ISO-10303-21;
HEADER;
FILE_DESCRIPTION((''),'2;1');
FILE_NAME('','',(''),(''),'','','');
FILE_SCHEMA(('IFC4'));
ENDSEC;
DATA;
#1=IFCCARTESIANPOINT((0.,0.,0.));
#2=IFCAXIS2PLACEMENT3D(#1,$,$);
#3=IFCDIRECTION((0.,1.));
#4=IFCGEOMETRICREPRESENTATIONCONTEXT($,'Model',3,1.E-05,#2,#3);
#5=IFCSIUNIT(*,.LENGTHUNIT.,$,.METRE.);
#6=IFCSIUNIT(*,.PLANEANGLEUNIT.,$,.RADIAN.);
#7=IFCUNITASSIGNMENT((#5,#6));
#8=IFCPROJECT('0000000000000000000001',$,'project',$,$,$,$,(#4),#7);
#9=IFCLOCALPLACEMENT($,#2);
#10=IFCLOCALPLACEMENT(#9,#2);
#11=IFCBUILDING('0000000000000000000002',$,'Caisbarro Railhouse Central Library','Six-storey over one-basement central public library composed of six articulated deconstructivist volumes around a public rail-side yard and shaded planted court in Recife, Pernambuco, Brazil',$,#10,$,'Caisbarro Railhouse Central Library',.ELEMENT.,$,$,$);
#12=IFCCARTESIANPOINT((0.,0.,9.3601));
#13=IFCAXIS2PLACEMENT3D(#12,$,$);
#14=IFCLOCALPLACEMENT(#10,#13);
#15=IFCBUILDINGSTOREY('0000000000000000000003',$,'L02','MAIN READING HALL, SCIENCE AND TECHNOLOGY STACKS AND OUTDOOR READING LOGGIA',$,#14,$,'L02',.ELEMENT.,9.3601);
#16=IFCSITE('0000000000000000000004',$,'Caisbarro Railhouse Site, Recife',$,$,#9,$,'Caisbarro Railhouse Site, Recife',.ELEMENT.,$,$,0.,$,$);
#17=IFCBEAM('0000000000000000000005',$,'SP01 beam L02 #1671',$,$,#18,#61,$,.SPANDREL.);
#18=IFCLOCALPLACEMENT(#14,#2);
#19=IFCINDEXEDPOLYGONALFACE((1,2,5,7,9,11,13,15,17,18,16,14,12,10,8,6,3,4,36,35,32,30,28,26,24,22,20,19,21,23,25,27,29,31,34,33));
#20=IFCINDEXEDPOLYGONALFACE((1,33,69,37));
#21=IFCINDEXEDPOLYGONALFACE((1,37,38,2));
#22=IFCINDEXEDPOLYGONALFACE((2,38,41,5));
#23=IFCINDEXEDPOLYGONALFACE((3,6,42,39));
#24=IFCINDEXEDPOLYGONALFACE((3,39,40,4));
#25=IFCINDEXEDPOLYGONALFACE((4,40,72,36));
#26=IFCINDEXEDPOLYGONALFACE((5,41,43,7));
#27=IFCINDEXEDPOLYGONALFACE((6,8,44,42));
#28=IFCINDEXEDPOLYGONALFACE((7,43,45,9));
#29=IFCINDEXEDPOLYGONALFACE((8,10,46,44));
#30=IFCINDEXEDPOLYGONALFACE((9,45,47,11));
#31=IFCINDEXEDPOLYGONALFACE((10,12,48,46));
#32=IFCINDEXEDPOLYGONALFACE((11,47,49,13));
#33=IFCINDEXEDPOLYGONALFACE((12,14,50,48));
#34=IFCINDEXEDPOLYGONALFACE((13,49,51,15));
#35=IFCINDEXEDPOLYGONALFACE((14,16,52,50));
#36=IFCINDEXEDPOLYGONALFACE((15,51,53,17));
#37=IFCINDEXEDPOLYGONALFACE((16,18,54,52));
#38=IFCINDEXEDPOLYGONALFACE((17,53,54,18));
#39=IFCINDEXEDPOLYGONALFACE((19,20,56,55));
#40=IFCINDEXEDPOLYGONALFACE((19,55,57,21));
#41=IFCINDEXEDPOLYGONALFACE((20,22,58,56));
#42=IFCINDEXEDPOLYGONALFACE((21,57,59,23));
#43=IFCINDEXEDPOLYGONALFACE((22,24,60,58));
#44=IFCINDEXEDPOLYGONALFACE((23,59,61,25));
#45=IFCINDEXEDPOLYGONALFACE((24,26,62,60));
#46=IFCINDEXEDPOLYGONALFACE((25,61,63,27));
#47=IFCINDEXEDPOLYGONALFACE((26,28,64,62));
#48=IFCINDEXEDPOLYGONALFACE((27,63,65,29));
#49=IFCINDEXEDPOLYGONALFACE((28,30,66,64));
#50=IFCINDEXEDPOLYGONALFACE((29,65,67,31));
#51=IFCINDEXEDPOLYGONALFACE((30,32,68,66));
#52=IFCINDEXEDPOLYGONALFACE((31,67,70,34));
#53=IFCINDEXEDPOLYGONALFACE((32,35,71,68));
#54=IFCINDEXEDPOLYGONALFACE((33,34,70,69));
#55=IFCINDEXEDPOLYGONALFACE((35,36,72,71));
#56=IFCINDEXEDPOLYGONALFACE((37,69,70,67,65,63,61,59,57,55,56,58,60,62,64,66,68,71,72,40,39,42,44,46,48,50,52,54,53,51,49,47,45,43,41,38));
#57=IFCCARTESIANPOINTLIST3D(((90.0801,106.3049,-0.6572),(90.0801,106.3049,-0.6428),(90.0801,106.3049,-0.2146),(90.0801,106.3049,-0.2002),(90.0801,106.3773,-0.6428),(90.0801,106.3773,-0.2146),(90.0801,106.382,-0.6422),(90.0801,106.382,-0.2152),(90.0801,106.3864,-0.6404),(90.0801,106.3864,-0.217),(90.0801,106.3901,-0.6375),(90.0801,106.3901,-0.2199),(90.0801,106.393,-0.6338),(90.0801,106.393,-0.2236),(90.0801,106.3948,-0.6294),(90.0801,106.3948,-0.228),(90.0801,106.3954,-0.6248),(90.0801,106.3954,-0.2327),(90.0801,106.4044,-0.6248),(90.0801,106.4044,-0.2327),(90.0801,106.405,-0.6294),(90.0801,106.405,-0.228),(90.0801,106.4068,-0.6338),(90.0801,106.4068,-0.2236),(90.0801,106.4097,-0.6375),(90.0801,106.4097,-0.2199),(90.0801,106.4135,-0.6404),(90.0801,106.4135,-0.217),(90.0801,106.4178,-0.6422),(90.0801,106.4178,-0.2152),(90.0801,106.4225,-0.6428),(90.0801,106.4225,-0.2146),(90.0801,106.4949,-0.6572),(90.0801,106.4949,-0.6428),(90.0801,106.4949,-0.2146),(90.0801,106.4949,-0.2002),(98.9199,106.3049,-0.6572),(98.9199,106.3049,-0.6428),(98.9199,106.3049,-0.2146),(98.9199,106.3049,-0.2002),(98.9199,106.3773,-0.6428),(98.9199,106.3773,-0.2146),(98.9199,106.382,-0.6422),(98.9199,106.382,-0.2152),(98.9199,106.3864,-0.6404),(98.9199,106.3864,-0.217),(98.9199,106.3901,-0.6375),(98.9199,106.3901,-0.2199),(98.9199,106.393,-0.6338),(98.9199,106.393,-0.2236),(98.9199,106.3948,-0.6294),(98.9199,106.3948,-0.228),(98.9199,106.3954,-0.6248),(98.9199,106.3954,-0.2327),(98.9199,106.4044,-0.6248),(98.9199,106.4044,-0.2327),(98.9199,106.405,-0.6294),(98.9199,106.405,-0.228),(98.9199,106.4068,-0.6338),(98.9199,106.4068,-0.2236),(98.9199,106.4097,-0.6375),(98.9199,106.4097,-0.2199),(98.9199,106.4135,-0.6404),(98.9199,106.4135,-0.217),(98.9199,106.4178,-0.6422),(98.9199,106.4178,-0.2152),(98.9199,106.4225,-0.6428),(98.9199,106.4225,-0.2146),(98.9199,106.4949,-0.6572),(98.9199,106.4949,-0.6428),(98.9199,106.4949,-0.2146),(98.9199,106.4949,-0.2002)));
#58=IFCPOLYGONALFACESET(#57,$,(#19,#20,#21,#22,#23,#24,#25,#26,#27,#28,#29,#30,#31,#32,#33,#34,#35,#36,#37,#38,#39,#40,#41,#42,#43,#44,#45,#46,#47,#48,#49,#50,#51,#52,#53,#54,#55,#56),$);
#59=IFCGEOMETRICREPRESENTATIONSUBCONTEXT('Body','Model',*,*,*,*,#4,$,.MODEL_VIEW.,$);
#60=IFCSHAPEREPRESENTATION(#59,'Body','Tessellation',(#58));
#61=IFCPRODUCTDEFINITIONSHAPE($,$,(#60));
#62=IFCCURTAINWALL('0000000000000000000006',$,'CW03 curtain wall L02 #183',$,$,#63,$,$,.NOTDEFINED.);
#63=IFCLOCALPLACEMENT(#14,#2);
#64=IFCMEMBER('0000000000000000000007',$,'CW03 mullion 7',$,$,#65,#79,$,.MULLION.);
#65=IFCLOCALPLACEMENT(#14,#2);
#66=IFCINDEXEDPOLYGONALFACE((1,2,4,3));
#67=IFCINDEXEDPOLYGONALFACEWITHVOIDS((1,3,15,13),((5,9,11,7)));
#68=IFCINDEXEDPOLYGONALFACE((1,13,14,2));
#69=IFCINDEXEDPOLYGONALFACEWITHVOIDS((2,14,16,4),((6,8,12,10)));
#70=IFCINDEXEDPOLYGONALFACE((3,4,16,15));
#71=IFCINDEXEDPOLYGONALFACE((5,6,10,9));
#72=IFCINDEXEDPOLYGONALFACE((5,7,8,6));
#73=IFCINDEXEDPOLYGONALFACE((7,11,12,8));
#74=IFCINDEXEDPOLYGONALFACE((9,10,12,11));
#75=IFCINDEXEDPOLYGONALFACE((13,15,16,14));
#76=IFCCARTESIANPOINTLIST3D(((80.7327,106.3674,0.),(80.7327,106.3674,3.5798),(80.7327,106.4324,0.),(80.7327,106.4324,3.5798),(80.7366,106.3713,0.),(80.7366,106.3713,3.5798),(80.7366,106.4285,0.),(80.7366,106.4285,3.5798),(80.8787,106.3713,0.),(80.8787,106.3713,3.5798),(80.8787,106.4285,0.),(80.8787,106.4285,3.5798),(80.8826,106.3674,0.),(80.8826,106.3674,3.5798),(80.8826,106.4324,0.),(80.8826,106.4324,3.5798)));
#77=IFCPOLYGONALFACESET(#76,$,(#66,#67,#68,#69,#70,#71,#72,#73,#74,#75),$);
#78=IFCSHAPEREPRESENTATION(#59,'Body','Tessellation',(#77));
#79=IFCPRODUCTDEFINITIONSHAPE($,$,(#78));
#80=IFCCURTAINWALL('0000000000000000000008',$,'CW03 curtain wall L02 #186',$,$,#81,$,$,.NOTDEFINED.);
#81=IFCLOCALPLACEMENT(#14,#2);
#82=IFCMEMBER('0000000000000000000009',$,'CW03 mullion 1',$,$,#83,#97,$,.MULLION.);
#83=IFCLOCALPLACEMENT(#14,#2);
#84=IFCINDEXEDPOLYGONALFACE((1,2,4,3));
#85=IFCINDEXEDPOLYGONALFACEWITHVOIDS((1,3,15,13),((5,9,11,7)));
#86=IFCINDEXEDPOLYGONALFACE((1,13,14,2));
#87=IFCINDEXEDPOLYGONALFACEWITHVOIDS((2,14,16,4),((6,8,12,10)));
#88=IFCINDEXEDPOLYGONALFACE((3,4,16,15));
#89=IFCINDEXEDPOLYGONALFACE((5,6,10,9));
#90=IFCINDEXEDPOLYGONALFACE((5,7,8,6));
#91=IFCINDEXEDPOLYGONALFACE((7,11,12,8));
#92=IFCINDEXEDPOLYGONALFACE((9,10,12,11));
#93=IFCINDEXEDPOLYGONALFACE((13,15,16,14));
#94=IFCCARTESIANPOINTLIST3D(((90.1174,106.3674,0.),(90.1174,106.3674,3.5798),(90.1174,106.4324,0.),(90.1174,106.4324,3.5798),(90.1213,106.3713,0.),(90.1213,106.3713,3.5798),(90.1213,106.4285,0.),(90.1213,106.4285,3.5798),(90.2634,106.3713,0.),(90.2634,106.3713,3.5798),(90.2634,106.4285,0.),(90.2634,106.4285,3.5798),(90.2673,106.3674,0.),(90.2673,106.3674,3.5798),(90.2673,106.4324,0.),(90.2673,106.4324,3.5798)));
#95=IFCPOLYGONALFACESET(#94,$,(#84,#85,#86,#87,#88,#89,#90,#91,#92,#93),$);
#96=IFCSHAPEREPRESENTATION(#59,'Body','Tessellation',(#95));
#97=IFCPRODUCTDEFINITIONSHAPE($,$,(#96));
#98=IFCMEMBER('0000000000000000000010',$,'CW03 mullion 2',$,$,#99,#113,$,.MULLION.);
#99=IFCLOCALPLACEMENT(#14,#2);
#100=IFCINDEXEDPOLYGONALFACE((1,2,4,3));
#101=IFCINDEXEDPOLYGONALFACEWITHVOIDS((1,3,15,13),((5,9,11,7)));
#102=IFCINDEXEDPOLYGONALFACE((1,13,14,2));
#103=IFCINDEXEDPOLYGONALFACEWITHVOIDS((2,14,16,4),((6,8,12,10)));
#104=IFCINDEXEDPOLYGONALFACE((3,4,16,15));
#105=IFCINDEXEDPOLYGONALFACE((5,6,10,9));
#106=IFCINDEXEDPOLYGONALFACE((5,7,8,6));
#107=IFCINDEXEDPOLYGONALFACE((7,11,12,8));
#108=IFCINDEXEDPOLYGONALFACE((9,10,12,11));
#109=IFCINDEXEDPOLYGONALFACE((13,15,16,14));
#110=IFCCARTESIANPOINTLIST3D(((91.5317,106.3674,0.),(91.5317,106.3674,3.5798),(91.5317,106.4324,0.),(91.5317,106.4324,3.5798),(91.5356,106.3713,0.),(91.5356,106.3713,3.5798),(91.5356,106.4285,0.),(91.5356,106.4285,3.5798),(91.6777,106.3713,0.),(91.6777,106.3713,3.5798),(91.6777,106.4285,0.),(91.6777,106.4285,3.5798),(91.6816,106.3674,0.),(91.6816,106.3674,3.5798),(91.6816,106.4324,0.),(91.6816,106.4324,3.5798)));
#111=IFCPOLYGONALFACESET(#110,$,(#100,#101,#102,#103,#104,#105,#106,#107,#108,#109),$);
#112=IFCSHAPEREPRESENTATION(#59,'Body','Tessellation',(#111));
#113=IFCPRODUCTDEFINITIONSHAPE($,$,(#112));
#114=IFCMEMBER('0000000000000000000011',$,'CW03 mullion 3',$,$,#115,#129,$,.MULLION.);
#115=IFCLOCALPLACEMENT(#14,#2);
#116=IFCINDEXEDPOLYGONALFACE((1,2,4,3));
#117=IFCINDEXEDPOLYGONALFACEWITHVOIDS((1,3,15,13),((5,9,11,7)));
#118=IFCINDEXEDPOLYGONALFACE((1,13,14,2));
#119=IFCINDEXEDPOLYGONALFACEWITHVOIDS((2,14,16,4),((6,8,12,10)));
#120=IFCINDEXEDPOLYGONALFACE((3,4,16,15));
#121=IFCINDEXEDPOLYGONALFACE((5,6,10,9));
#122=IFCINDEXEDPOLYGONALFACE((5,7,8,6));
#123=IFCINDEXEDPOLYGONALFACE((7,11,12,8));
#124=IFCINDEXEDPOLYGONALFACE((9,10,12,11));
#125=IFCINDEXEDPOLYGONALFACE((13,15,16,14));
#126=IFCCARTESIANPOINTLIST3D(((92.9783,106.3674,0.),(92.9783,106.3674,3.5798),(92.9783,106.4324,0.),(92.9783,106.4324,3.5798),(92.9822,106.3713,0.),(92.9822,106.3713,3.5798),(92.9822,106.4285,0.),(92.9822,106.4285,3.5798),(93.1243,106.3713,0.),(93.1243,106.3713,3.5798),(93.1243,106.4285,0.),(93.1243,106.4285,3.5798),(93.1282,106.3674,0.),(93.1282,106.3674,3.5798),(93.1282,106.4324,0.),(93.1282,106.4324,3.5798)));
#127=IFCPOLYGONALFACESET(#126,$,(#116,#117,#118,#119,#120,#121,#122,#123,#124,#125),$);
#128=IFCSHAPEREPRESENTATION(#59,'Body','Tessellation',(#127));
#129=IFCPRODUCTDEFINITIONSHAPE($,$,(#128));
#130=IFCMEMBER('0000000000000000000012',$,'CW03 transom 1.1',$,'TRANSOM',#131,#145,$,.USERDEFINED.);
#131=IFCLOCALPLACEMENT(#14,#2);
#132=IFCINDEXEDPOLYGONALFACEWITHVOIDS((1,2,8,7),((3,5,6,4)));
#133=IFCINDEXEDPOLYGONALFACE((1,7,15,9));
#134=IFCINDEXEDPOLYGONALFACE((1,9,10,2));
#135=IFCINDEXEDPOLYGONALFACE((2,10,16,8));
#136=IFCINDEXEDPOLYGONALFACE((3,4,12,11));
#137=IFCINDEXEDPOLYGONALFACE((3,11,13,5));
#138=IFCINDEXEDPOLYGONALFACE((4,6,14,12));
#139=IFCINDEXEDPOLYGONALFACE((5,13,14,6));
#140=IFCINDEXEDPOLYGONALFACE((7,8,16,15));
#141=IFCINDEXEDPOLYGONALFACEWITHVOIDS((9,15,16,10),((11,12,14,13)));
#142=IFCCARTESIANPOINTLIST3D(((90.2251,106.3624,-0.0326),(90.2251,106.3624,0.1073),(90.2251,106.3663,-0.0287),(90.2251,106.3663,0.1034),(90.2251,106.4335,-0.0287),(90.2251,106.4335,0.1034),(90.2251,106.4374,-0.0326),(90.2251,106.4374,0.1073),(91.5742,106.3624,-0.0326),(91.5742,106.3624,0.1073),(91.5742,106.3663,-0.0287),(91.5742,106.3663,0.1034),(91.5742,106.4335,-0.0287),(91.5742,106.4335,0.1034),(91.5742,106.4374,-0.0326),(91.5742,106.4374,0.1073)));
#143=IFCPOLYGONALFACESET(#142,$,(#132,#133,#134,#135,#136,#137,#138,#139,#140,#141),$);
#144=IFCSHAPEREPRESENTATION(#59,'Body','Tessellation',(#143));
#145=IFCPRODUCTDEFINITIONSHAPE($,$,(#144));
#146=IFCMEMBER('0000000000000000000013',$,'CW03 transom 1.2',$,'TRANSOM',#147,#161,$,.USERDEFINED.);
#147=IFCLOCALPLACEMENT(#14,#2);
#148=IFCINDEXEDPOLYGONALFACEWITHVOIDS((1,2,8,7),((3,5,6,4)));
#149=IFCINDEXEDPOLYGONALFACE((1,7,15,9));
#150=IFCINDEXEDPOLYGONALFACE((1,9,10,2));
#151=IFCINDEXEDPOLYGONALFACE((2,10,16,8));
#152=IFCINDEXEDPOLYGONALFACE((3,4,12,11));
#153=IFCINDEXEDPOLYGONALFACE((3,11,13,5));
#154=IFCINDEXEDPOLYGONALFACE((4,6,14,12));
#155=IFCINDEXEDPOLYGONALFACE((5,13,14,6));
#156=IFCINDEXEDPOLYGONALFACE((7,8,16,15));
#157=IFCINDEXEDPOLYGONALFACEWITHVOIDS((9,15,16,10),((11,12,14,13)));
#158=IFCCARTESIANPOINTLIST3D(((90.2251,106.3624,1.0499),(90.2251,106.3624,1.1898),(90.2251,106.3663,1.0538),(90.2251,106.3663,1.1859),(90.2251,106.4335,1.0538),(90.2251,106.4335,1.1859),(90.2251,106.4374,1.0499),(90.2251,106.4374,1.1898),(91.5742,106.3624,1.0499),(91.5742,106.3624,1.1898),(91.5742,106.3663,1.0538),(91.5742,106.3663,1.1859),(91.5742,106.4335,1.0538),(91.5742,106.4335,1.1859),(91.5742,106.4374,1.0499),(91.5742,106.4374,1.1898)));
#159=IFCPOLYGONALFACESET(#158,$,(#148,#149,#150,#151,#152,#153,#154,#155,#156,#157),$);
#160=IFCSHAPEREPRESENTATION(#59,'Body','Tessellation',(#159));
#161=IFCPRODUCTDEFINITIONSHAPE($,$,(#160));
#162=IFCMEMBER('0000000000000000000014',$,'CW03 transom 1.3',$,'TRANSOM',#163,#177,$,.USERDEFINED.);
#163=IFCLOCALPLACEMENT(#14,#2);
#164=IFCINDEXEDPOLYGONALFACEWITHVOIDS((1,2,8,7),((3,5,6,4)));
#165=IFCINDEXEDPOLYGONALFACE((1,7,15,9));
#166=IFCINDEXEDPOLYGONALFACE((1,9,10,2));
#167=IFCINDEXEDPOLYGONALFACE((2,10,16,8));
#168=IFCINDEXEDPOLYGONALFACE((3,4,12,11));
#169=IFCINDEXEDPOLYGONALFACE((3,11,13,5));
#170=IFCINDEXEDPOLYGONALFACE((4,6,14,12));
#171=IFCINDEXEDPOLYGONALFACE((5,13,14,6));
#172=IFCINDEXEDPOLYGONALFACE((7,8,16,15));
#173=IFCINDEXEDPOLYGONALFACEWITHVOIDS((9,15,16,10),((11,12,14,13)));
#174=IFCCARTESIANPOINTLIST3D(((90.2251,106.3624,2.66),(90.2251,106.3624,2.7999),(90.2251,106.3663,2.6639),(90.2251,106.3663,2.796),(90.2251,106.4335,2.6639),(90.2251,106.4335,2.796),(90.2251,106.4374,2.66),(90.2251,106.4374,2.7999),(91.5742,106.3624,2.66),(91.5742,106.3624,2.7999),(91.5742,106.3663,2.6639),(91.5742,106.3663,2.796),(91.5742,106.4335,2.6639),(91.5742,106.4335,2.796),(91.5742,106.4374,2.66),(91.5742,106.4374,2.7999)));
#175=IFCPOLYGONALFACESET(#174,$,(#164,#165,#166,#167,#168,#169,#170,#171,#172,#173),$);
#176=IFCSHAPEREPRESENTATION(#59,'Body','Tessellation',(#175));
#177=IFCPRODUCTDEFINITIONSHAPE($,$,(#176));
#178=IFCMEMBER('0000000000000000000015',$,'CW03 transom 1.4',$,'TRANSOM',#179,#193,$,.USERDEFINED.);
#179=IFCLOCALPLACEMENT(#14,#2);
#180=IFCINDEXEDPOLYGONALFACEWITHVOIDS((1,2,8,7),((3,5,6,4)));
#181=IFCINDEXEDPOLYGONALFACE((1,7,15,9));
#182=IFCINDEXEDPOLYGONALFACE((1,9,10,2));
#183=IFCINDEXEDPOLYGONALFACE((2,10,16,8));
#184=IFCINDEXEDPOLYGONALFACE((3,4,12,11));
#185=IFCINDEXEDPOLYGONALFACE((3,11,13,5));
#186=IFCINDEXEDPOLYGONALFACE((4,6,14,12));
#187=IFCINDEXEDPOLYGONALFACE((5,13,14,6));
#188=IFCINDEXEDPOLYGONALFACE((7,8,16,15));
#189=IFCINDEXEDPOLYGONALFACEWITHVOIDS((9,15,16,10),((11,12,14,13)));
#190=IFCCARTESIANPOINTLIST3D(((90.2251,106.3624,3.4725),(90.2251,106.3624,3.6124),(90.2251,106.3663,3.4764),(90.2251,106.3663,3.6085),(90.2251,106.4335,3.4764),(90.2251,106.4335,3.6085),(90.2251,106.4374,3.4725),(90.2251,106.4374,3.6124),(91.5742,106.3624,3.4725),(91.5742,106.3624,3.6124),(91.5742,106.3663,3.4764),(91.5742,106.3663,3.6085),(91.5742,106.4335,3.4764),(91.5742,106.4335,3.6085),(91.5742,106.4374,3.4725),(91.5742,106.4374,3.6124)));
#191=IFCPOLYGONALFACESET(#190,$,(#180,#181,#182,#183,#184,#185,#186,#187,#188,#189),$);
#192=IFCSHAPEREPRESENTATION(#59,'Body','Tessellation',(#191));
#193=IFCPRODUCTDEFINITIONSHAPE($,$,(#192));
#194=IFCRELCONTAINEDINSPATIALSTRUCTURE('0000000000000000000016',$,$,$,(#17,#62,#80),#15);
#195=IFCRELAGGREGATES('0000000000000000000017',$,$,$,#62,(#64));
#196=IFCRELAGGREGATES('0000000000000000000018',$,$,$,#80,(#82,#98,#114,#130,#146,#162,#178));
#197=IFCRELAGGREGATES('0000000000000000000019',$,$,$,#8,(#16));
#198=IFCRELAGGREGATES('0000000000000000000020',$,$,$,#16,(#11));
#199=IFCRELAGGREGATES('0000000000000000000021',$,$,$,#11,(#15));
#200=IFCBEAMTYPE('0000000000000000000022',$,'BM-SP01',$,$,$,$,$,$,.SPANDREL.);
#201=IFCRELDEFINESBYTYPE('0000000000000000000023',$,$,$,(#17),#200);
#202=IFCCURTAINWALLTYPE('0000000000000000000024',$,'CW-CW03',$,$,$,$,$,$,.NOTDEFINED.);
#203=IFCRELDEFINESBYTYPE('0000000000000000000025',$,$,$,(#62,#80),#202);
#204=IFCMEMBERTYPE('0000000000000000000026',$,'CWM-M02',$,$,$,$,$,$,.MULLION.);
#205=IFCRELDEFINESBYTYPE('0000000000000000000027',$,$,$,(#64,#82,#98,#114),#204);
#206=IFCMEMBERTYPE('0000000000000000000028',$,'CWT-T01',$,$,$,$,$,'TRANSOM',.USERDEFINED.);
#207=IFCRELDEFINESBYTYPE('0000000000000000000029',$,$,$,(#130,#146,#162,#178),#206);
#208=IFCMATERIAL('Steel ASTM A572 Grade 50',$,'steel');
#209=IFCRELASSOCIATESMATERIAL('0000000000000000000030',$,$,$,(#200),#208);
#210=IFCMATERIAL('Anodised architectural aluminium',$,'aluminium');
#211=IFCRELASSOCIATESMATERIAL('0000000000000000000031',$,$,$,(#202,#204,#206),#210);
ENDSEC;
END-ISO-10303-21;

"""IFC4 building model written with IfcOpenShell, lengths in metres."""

from ifc_helpers import new_model, si_unit, direction, frame, origin, origin_2d, place, context, subcontext, project, spatial, hollow_rectangle, i_section, extrude, material, material_profile, profile_set, type_object, element, aggregate, save


model = new_model("IFC4")

# Units and contexts
model_context = context("Model", 3, precision=1e-05, world=origin(), true_north=direction((0.0, 1.0)))
body_context = subcontext(model_context, "Body", "Model", "MODEL_VIEW")
ifc_project = project(units=[si_unit("LENGTHUNIT", "METRE"), si_unit("PLANEANGLEUNIT", "RADIAN")], contexts=[model_context])

# Site, building, storey
site_placement = place(None, origin())
site = spatial("IfcSite", under=ifc_project, at=site_placement, Name="Caisbarro Railhouse Site, Recife", LongName="Caisbarro Railhouse Site, Recife", CompositionType="ELEMENT", RefElevation=0.0)
building_placement = place(site_placement, origin())
building = spatial("IfcBuilding", under=site, at=building_placement, Name="Caisbarro Railhouse Central Library", Description="Six-storey over one-basement central public library composed of six articulated deconstructivist volumes around a public rail-side yard and shaded planted court in Recife, Pernambuco, Brazil", LongName="Caisbarro Railhouse Central Library", CompositionType="ELEMENT")
storey_placement = place(building_placement, frame((0.0, 0.0, 9.3601)))
storey = spatial("IfcBuildingStorey", under=building, at=storey_placement, Name="L02", Description="MAIN READING HALL, SCIENCE AND TECHNOLOGY STACKS AND OUTDOOR READING LOGGIA", LongName="L02", CompositionType="ELEMENT", Elevation=9.3601)

# Shared definitions
ifc_material_1 = material(Name="Steel ASTM A572 Grade 50", Category="steel")

# Beam
ifc_material_profile_1 = material_profile(ifc_material_1, i_section(OverallWidth=0.1899, OverallDepth=0.457, WebThickness=0.009, FlangeThickness=0.0144, FilletRadius=0.0181, at=origin_2d()), Name="W460X74.0")
ifc_profile_set_1 = profile_set([ifc_material_profile_1], Name="Steel ASTM A572 Grade 50")
beam_type = type_object("IfcBeamType", Name="BM-SP01", PredefinedType="SPANDREL", material=ifc_profile_set_1)
for number, where, z_axis, x_axis, name in (
    (1, (90.0801, 106.3999, -0.4287), (1.0, 0.0, 0.0), (0.0, 1.0, 0.0), "SP01 beam L02 #1671"),
):
    element("IfcBeam", number, at=place(storey_placement, frame(where, z_axis=z_axis, x_axis=x_axis)), inside=storey, type_object=beam_type, Name=name, PredefinedType="SPANDREL", context=body_context, shape_type="SweptSolid", body=[
        extrude(i_section(OverallWidth=0.1899, OverallDepth=0.457, WebThickness=0.009, FlangeThickness=0.0144, FilletRadius=0.0181, at=origin_2d()), origin(), (0.0, 0.0, 1.0), 8.8398),
    ])

# Curtain wall, member
ifc_material_2 = material(Name="Anodised architectural aluminium", Category="aluminium")
curtain_wall_type = type_object("IfcCurtainWallType", Name="CW-CW03", PredefinedType="NOTDEFINED", material=ifc_material_2)
curtain_wall_1_placement = place(storey_placement, origin())
curtain_wall_1 = element("IfcCurtainWall", 2, at=curtain_wall_1_placement, inside=storey, type_object=curtain_wall_type, Name="CW03 curtain wall L02 #183", PredefinedType="NOTDEFINED")
ifc_material_profile_2 = material_profile(ifc_material_2, hollow_rectangle(XDim=0.0649, YDim=0.1499, WallThickness=0.0039, at=origin_2d()), Name="ALU-MUL-65X150")
ifc_profile_set_2 = profile_set([ifc_material_profile_2], Name="Anodised architectural aluminium")
member_type_1 = type_object("IfcMemberType", Name="CWM-M02", PredefinedType="MULLION", material=ifc_profile_set_2)
member_1_placement = place(storey_placement, frame((80.8076, 106.3999, 0.0), z_axis=(0.0, 0.0, 1.0), x_axis=(0.0, 1.0, 0.0)))
member_1 = element("IfcMember", 3, at=member_1_placement, type_object=member_type_1, Name="CW03 mullion 7", PredefinedType="MULLION", context=body_context, shape_type="SweptSolid", body=[
    extrude(hollow_rectangle(XDim=0.0649, YDim=0.1499, WallThickness=0.0039, at=origin_2d()), origin(), (0.0, 0.0, 1.0), 3.5798),
])

# Curtain wall, members
curtain_wall_2_placement = place(storey_placement, origin())
curtain_wall_2 = element("IfcCurtainWall", 4, at=curtain_wall_2_placement, inside=storey, type_object=curtain_wall_type, Name="CW03 curtain wall L02 #186", PredefinedType="NOTDEFINED")
member_2_placement = place(storey_placement, frame((90.1924, 106.3999, 0.0), z_axis=(0.0, 0.0, 1.0), x_axis=(0.0, 1.0, 0.0)))
member_2 = element("IfcMember", 5, at=member_2_placement, type_object=member_type_1, Name="CW03 mullion 1", PredefinedType="MULLION", context=body_context, shape_type="SweptSolid", body=[
    extrude(hollow_rectangle(XDim=0.0649, YDim=0.1499, WallThickness=0.0039, at=origin_2d()), origin(), (0.0, 0.0, 1.0), 3.5798),
])
member_3_placement = place(storey_placement, frame((91.6067, 106.3999, 0.0), z_axis=(0.0, 0.0, 1.0), x_axis=(0.0, 1.0, 0.0)))
member_3 = element("IfcMember", 6, at=member_3_placement, type_object=member_type_1, Name="CW03 mullion 2", PredefinedType="MULLION", context=body_context, shape_type="SweptSolid", body=[
    extrude(hollow_rectangle(XDim=0.0649, YDim=0.1499, WallThickness=0.0039, at=origin_2d()), origin(), (0.0, 0.0, 1.0), 3.5798),
])
member_4_placement = place(storey_placement, frame((93.0532, 106.3999, 0.0), z_axis=(0.0, 0.0, 1.0), x_axis=(0.0, 1.0, 0.0)))
member_4 = element("IfcMember", 7, at=member_4_placement, type_object=member_type_1, Name="CW03 mullion 3", PredefinedType="MULLION", context=body_context, shape_type="SweptSolid", body=[
    extrude(hollow_rectangle(XDim=0.0649, YDim=0.1499, WallThickness=0.0039, at=origin_2d()), origin(), (0.0, 0.0, 1.0), 3.5798),
])
ifc_material_profile_3 = material_profile(ifc_material_2, hollow_rectangle(XDim=0.075, YDim=0.1399, WallThickness=0.0039, at=origin_2d()), Name="ALU-TRN-75X140")
ifc_profile_set_3 = profile_set([ifc_material_profile_3], Name="Anodised architectural aluminium")
member_type_2 = type_object("IfcMemberType", Name="CWT-T01", ElementType="TRANSOM", PredefinedType="USERDEFINED", material=ifc_profile_set_3)
member_5_placement = place(storey_placement, frame((90.2251, 106.3999, 0.0374), z_axis=(1.0, 0.0, 0.0), x_axis=(0.0, 1.0, 0.0)))
member_5 = element("IfcMember", 8, at=member_5_placement, type_object=member_type_2, Name="CW03 transom 1.1", ObjectType="TRANSOM", PredefinedType="USERDEFINED", context=body_context, shape_type="SweptSolid", body=[
    extrude(hollow_rectangle(XDim=0.075, YDim=0.1399, WallThickness=0.0039, at=origin_2d()), origin(), (0.0, 0.0, 1.0), 1.3491),
])
member_6_placement = place(storey_placement, frame((90.2251, 106.3999, 1.1199), z_axis=(1.0, 0.0, 0.0), x_axis=(0.0, 1.0, 0.0)))
member_6 = element("IfcMember", 9, at=member_6_placement, type_object=member_type_2, Name="CW03 transom 1.2", ObjectType="TRANSOM", PredefinedType="USERDEFINED", context=body_context, shape_type="SweptSolid", body=[
    extrude(hollow_rectangle(XDim=0.075, YDim=0.1399, WallThickness=0.0039, at=origin_2d()), origin(), (0.0, 0.0, 1.0), 1.3491),
])
member_7_placement = place(storey_placement, frame((90.2251, 106.3999, 2.73), z_axis=(1.0, 0.0, 0.0), x_axis=(0.0, 1.0, 0.0)))
member_7 = element("IfcMember", 10, at=member_7_placement, type_object=member_type_2, Name="CW03 transom 1.3", ObjectType="TRANSOM", PredefinedType="USERDEFINED", context=body_context, shape_type="SweptSolid", body=[
    extrude(hollow_rectangle(XDim=0.075, YDim=0.1399, WallThickness=0.0039, at=origin_2d()), origin(), (0.0, 0.0, 1.0), 1.3491),
])
member_8_placement = place(storey_placement, frame((90.2251, 106.3999, 3.5425), z_axis=(1.0, 0.0, 0.0), x_axis=(0.0, 1.0, 0.0)))
member_8 = element("IfcMember", 11, at=member_8_placement, type_object=member_type_2, Name="CW03 transom 1.4", ObjectType="TRANSOM", PredefinedType="USERDEFINED", context=body_context, shape_type="SweptSolid", body=[
    extrude(hollow_rectangle(XDim=0.075, YDim=0.1399, WallThickness=0.0039, at=origin_2d()), origin(), (0.0, 0.0, 1.0), 1.3491),
])

aggregate(curtain_wall_1, [member_1])
aggregate(curtain_wall_2, [member_2, member_3, member_4, member_5, member_6, member_7, member_8])

save(model, "model.ifc")
